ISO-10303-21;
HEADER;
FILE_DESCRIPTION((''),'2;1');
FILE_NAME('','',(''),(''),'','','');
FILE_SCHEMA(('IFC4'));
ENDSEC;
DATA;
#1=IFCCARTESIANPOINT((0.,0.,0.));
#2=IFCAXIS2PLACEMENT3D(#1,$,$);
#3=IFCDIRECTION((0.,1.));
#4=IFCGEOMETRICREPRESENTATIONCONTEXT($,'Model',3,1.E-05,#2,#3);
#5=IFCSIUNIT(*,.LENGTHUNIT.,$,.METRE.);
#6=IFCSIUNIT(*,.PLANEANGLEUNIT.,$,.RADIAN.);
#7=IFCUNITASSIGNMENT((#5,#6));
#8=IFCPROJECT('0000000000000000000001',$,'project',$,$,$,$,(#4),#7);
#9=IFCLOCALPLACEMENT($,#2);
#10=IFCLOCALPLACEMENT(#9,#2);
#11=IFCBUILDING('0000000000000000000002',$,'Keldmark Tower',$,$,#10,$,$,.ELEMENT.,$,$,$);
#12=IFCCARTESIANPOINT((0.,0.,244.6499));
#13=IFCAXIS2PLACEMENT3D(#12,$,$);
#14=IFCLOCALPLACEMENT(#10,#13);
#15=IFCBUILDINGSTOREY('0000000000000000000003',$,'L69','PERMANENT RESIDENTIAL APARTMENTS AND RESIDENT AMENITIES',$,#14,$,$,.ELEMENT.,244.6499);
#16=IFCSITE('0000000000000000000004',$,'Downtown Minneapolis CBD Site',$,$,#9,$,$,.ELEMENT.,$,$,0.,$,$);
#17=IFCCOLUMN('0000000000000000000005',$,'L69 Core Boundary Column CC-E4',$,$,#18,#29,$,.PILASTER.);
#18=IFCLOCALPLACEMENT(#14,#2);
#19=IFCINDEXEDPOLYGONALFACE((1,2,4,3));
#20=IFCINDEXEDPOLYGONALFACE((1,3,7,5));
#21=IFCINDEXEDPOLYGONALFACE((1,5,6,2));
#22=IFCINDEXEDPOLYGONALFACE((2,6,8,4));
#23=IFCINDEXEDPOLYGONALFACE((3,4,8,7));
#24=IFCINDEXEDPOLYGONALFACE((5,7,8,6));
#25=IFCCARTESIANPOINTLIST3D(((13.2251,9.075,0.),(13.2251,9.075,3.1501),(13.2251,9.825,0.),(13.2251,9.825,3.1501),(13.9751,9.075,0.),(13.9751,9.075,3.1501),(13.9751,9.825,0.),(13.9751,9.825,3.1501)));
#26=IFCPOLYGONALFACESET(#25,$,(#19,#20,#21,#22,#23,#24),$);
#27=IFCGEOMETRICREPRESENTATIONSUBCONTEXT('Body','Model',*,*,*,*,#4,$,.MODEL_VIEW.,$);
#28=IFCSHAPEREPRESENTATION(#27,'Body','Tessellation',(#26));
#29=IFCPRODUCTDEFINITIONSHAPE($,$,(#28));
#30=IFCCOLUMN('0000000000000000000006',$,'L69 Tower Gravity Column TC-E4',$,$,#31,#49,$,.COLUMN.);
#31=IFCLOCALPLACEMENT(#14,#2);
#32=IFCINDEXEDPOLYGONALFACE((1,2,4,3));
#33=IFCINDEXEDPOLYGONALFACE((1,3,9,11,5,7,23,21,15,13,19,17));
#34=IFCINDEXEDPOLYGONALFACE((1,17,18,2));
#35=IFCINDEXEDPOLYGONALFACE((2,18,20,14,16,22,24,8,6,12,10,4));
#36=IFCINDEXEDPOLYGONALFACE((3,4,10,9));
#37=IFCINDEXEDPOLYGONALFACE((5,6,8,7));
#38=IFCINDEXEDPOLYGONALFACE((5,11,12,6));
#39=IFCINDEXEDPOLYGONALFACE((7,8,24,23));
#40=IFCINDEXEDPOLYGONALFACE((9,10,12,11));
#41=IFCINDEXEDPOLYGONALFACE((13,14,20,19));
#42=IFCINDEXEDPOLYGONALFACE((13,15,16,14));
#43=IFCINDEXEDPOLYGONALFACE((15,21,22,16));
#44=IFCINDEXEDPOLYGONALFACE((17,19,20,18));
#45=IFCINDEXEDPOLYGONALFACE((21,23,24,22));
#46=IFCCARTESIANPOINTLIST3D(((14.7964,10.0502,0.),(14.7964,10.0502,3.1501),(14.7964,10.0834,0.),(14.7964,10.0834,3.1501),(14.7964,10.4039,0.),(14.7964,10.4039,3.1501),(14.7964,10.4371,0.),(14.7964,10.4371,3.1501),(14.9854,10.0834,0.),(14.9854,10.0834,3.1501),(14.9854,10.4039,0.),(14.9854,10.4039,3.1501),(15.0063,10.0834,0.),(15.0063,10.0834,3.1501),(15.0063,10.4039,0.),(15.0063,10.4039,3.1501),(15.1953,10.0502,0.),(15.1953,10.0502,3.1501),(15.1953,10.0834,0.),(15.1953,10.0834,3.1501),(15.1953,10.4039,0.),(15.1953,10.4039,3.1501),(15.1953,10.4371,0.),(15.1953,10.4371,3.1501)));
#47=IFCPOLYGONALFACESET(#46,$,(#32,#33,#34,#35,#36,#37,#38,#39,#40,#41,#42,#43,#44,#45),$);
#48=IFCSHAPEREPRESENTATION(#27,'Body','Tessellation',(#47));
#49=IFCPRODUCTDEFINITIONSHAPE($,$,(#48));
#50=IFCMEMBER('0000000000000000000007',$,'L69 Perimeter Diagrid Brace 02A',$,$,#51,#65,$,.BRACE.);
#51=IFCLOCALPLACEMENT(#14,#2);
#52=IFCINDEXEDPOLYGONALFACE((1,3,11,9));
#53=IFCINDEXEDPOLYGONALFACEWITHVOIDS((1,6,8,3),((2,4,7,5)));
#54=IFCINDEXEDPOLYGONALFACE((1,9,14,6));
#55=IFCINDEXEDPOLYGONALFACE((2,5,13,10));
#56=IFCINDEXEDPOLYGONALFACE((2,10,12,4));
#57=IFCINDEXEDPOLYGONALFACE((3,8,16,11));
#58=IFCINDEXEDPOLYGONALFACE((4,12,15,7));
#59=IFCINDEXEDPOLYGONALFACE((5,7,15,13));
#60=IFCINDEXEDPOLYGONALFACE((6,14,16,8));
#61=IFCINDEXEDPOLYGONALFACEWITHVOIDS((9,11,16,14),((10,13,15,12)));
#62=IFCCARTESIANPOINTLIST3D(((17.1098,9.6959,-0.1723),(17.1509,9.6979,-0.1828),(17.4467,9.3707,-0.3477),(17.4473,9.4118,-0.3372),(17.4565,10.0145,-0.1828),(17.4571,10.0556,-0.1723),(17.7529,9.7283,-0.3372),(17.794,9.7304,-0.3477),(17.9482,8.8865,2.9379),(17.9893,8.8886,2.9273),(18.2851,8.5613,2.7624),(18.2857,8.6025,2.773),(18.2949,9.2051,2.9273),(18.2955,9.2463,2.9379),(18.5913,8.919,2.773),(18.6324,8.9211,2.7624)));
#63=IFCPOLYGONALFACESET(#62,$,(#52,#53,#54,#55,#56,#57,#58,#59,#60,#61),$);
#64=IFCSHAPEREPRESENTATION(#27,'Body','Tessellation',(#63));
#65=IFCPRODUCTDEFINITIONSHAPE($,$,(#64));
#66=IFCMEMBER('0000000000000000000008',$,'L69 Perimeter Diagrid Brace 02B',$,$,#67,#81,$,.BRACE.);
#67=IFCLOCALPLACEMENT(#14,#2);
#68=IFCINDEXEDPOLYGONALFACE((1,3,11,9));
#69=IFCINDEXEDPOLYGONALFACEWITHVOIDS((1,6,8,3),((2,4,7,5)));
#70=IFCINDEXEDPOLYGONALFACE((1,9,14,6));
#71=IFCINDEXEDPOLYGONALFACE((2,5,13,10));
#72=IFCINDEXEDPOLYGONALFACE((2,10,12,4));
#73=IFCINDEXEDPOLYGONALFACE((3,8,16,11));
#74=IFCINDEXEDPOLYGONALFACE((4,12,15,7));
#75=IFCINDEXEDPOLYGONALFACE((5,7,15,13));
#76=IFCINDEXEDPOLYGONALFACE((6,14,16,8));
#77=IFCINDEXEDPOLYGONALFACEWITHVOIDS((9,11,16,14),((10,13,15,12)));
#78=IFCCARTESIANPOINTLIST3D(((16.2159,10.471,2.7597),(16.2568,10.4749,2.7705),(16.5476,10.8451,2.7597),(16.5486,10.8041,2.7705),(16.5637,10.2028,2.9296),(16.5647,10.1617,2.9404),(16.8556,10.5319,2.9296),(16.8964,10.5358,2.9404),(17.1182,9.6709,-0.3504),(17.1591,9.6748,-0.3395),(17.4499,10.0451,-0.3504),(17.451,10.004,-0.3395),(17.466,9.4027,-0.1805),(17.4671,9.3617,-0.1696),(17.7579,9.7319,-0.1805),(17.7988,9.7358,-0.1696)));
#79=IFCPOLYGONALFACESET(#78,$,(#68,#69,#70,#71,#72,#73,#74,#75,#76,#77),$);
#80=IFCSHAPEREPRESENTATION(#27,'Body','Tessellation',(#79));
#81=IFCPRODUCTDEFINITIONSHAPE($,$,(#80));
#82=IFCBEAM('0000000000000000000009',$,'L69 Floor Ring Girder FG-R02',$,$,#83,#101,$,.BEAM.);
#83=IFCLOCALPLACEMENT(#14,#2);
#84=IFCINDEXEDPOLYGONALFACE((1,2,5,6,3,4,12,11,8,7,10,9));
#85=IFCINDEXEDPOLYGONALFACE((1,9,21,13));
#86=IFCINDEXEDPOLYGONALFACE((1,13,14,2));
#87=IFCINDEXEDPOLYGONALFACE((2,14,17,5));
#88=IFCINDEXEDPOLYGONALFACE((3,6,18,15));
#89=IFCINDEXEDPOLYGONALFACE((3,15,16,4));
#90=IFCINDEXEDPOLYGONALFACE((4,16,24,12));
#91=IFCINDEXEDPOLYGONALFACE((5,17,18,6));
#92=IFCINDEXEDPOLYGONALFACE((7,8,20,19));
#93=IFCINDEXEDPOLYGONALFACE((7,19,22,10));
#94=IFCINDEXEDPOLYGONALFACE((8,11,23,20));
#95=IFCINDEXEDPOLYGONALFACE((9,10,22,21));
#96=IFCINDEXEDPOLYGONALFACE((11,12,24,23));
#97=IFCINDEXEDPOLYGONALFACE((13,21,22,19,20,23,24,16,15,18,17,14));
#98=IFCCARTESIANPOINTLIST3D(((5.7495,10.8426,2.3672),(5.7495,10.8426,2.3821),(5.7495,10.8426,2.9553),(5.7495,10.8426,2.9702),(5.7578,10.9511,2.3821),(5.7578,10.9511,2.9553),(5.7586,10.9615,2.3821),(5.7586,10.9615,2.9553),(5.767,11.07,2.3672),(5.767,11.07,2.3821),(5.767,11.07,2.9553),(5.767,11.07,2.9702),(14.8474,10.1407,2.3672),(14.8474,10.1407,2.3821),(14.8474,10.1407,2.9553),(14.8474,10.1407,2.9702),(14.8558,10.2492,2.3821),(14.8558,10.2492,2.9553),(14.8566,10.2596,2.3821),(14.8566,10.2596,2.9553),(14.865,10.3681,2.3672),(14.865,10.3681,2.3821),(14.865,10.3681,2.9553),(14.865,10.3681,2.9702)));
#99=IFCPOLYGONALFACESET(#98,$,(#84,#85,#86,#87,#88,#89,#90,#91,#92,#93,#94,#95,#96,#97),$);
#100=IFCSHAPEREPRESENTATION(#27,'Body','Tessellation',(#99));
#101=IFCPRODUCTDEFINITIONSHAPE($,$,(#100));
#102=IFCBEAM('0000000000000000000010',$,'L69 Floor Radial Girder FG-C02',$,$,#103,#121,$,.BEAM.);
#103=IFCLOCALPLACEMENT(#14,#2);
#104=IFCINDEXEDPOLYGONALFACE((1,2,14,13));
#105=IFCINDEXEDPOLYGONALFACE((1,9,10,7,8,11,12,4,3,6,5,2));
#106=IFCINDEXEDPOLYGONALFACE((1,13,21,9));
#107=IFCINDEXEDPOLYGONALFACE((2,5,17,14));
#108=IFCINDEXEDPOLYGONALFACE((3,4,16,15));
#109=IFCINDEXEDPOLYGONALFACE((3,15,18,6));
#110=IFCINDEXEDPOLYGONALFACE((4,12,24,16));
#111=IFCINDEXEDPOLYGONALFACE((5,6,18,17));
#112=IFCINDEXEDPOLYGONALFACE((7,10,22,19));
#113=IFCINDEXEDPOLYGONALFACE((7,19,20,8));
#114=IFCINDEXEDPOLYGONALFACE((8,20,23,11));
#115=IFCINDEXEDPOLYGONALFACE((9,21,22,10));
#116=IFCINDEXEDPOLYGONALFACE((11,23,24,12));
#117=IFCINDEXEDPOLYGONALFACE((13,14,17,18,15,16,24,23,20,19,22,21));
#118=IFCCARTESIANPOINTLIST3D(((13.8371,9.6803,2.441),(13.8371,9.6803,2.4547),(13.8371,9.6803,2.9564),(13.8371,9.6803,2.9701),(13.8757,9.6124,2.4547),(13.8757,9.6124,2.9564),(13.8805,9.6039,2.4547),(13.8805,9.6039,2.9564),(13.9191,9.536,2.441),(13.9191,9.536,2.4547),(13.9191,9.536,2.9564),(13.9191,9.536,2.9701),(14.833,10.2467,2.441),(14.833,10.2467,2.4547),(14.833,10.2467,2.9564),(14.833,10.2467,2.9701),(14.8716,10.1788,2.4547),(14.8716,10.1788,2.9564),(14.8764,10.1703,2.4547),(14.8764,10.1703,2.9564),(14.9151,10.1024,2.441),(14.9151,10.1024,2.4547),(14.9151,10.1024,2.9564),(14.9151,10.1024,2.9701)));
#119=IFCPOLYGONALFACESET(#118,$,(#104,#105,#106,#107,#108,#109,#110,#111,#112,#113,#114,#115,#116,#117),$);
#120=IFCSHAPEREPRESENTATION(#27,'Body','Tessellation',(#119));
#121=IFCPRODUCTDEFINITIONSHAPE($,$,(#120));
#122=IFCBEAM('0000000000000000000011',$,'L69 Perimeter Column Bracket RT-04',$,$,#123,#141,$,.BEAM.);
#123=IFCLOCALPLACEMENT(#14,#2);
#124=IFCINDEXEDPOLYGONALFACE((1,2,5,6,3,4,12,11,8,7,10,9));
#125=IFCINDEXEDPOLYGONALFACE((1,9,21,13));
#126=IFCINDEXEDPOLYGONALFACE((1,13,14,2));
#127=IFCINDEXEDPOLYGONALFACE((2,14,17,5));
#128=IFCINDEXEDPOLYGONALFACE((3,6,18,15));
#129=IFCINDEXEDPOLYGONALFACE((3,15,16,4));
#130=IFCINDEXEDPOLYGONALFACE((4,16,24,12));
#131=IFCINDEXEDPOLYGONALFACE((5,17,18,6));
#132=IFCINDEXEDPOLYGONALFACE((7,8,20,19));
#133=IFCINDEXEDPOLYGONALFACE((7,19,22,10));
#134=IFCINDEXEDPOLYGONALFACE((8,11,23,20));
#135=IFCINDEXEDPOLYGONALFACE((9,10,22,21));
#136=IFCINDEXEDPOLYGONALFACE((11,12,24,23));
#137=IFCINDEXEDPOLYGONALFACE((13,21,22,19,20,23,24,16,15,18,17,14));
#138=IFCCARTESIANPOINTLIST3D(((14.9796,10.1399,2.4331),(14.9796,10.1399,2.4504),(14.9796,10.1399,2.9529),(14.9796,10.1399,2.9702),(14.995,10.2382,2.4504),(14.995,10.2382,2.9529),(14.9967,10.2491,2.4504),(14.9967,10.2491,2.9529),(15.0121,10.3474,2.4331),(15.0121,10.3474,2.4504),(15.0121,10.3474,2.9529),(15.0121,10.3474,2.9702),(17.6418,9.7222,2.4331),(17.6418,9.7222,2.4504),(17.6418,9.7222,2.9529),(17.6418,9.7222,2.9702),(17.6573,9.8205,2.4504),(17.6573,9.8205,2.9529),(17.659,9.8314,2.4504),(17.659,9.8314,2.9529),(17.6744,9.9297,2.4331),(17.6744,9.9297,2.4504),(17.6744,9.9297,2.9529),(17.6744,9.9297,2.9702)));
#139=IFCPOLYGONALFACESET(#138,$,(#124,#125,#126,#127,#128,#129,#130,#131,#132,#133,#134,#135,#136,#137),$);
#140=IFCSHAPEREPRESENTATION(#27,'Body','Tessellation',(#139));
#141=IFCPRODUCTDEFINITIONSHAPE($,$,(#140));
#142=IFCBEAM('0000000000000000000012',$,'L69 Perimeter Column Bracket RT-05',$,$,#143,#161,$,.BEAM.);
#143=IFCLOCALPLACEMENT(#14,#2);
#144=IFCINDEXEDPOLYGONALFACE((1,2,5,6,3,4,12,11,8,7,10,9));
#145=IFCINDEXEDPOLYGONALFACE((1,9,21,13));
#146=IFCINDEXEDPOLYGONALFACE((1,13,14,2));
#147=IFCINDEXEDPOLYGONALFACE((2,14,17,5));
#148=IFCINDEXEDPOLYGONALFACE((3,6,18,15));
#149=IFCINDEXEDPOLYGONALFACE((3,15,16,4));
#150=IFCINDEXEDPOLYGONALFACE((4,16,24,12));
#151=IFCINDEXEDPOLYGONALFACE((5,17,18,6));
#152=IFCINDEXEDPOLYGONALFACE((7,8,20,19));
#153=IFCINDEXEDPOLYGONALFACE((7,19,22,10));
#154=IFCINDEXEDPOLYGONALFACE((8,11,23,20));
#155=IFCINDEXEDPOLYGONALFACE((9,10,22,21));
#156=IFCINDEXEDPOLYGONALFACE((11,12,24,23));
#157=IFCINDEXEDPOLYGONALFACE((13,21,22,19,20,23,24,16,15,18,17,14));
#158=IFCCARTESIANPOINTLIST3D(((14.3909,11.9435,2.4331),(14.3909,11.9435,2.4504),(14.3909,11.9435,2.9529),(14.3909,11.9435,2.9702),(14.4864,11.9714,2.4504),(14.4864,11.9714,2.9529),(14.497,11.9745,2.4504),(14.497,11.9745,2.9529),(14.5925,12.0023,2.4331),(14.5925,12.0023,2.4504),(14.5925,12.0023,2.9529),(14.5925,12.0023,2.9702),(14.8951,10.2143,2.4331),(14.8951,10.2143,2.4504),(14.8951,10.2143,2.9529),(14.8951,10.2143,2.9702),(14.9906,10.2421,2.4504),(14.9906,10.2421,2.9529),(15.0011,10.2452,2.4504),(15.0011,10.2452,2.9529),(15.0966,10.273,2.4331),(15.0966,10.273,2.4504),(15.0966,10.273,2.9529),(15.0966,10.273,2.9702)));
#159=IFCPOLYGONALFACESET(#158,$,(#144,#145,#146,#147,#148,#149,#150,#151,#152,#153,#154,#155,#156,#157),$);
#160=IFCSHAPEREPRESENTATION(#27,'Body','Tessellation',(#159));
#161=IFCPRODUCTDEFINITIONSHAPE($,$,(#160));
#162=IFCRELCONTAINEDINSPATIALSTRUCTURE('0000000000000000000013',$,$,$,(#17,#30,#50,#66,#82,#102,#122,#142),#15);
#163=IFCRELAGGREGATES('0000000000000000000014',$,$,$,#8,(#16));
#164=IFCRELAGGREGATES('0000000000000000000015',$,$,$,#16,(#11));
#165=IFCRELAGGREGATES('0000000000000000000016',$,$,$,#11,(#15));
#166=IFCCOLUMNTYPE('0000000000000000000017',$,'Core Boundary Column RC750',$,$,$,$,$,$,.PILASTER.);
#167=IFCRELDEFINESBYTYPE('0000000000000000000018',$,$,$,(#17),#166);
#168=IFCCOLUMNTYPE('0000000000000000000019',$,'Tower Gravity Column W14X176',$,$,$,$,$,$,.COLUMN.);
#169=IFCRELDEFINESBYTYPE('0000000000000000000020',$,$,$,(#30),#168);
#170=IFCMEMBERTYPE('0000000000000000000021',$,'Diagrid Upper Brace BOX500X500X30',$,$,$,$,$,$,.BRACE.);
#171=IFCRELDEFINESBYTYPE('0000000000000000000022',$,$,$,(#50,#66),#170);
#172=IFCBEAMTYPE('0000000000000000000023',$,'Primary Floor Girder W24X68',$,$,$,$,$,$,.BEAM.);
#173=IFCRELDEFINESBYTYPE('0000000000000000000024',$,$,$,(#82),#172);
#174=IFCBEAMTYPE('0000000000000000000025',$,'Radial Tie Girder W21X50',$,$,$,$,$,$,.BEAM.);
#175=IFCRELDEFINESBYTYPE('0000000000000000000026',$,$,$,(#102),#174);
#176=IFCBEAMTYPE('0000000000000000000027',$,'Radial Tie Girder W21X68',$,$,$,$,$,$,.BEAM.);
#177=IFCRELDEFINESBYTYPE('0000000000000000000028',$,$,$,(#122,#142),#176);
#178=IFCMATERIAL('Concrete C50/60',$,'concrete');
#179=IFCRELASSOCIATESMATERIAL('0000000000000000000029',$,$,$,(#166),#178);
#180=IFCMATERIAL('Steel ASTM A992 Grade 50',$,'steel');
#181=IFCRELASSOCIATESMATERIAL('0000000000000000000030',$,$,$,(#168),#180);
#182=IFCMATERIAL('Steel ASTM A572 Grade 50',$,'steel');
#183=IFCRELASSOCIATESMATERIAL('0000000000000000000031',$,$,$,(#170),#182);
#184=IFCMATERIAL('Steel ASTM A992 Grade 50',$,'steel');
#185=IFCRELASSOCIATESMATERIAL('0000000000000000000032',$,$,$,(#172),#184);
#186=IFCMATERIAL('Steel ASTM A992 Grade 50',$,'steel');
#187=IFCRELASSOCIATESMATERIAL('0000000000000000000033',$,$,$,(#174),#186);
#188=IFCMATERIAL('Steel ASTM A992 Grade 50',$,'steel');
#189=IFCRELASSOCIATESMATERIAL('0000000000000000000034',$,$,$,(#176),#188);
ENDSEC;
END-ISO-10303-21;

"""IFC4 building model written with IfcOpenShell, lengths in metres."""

from ifc_helpers import new_model, si_unit, direction, frame, origin, origin_2d, place, context, subcontext, project, spatial, rectangle, hollow_rectangle, i_section, extrude, material, material_profile, profile_set, type_object, element, save


model = new_model("IFC4")

# Units and contexts
model_context = context("Model", 3, precision=1e-05, world=origin(), true_north=direction((0.0, 1.0)))
body_context = subcontext(model_context, "Body", "Model", "MODEL_VIEW")
ifc_project = project(units=[si_unit("LENGTHUNIT", "METRE"), si_unit("PLANEANGLEUNIT", "RADIAN")], contexts=[model_context])

# Site, building, storey
site_placement = place(None, origin())
site = spatial("IfcSite", under=ifc_project, at=site_placement, Name="Downtown Minneapolis CBD Site", CompositionType="ELEMENT", RefElevation=0.0)
building_placement = place(site_placement, origin())
building = spatial("IfcBuilding", under=site, at=building_placement, Name="Keldmark Tower", CompositionType="ELEMENT")
storey_placement = place(building_placement, frame((0.0, 0.0, 244.6499)))
storey = spatial("IfcBuildingStorey", under=building, at=storey_placement, Name="L69", Description="PERMANENT RESIDENTIAL APARTMENTS AND RESIDENT AMENITIES", CompositionType="ELEMENT", Elevation=244.6499)

# Columns
ifc_material_1 = material(Name="Concrete C50/60", Category="concrete")
ifc_material_profile_1 = material_profile(ifc_material_1, rectangle(XDim=0.75, YDim=0.75, at=origin_2d()), Name="RC750X750")
ifc_profile_set_1 = profile_set([ifc_material_profile_1], Name="Concrete C50/60")
column_type_1 = type_object("IfcColumnType", Name="Core Boundary Column RC750", PredefinedType="PILASTER", material=ifc_profile_set_1)
column_1_placement = place(storey_placement, frame((13.6001, 9.45, 0.0), z_axis=(0.0, 0.0, 1.0), x_axis=(1.0, 0.0, 0.0)))
element("IfcColumn", 1, at=column_1_placement, inside=storey, type_object=column_type_1, Name="L69 Core Boundary Column CC-E4", PredefinedType="PILASTER", context=body_context, shape_type="SweptSolid", body=[
    extrude(rectangle(XDim=0.75, YDim=0.75, at=origin_2d()), origin(), (0.0, 0.0, 1.0), 3.1501),
])
ifc_material_2 = material(Name="Steel ASTM A992 Grade 50", Category="steel")
ifc_material_profile_2 = material_profile(ifc_material_2, i_section(OverallWidth=0.3989, OverallDepth=0.387, WebThickness=0.021, FlangeThickness=0.0332, at=origin_2d()), Name="W14X176")
ifc_profile_set_2 = profile_set([ifc_material_profile_2], Name="Steel ASTM A992 Grade 50")
column_type_2 = type_object("IfcColumnType", Name="Tower Gravity Column W14X176", PredefinedType="COLUMN", material=ifc_profile_set_2)
column_2_placement = place(storey_placement, frame((14.9958, 10.2437, 0.0), z_axis=(0.0, 0.0, 1.0), x_axis=(1.0, 0.0, 0.0)))
element("IfcColumn", 2, at=column_2_placement, inside=storey, type_object=column_type_2, Name="L69 Tower Gravity Column TC-E4", PredefinedType="COLUMN", context=body_context, shape_type="SweptSolid", body=[
    extrude(i_section(OverallWidth=0.3989, OverallDepth=0.387, WebThickness=0.021, FlangeThickness=0.0332, at=origin_2d()), origin(), (0.0, 0.0, 1.0), 3.1501),
])

# Members
ifc_material_3 = material(Name="Steel ASTM A572 Grade 50", Category="steel")
ifc_material_profile_3 = material_profile(ifc_material_3, hollow_rectangle(XDim=0.5, YDim=0.5, WallThickness=0.03, at=origin_2d()), Name="BOX500X500X30")
ifc_profile_set_3 = profile_set([ifc_material_profile_3], Name="Steel ASTM A572 Grade 50")
member_type = type_object("IfcMemberType", Name="Diagrid Upper Brace BOX500X500X30", PredefinedType="BRACE", material=ifc_profile_set_3)
member_1_placement = place(storey_placement, frame((17.4519, 9.7131, -0.26), z_axis=(0.252429, -0.243682, 0.936429), x_axis=(0.694531, 0.719463, 0.0)))
element("IfcMember", 3, at=member_1_placement, inside=storey, type_object=member_type, Name="L69 Perimeter Diagrid Brace 02A", PredefinedType="BRACE", context=body_context, shape_type="SweptSolid", body=[
    extrude(hollow_rectangle(XDim=0.5, YDim=0.5, WallThickness=0.03, at=origin_2d()), origin(), (0.0, 0.0, 1.0), 3.3213),
])
member_2_placement = place(storey_placement, frame((17.4585, 9.7034, -0.26), z_axis=(-0.270509, 0.239842, 0.932363), x_axis=(-0.663421, -0.748246, 0.0)))
element("IfcMember", 4, at=member_2_placement, inside=storey, type_object=member_type, Name="L69 Perimeter Diagrid Brace 02B", PredefinedType="BRACE", context=body_context, shape_type="SweptSolid", body=[
    extrude(hollow_rectangle(XDim=0.5, YDim=0.5, WallThickness=0.03, at=origin_2d()), origin(), (0.0, 0.0, 1.0), 3.3357),
])

# Beams
ifc_material_4 = material(Name="Steel ASTM A992 Grade 50", Category="steel")
ifc_material_profile_4 = material_profile(ifc_material_4, i_section(OverallWidth=0.228, OverallDepth=0.603, WebThickness=0.0105, FlangeThickness=0.0149, at=origin_2d()), Name="W24X68")
ifc_profile_set_4 = profile_set([ifc_material_profile_4], Name="Steel ASTM A992 Grade 50")
beam_type_1 = type_object("IfcBeamType", Name="Primary Floor Girder W24X68", PredefinedType="BEAM", material=ifc_profile_set_4)
beam_1_placement = place(storey_placement, frame((14.8562, 10.2544, 2.6687), z_axis=(-0.997037, 0.076922, 0.0), x_axis=(-0.076922, -0.997037, 0.0)))
element("IfcBeam", 5, at=beam_1_placement, inside=storey, type_object=beam_type_1, Name="L69 Floor Ring Girder FG-R02", PredefinedType="BEAM", context=body_context, shape_type="SweptSolid", body=[
    extrude(i_section(OverallWidth=0.228, OverallDepth=0.603, WebThickness=0.0105, FlangeThickness=0.0149, at=origin_2d()), origin(), (0.0, 0.0, 1.0), 9.125),
])
ifc_material_5 = material(Name="Steel ASTM A992 Grade 50", Category="steel")
ifc_material_profile_5 = material_profile(ifc_material_5, i_section(OverallWidth=0.166, OverallDepth=0.5291, WebThickness=0.0098, FlangeThickness=0.0137, at=origin_2d()), Name="W21X50")
ifc_profile_set_5 = profile_set([ifc_material_profile_5], Name="Steel ASTM A992 Grade 50")
beam_type_2 = type_object("IfcBeamType", Name="Radial Tie Girder W21X50", PredefinedType="BEAM", material=ifc_profile_set_5)
beam_2_placement = place(storey_placement, frame((14.874, 10.1746, 2.7056), z_axis=(-0.869238, -0.494394, 0.0), x_axis=(0.494394, -0.869238, 0.0)))
element("IfcBeam", 6, at=beam_2_placement, inside=storey, type_object=beam_type_2, Name="L69 Floor Radial Girder FG-C02", PredefinedType="BEAM", context=body_context, shape_type="SweptSolid", body=[
    extrude(i_section(OverallWidth=0.166, OverallDepth=0.5291, WebThickness=0.0098, FlangeThickness=0.0137, at=origin_2d()), origin(), (0.0, 0.0, 1.0), 1.1458),
])
ifc_material_6 = material(Name="Steel ASTM A992 Grade 50", Category="steel")
ifc_material_profile_6 = material_profile(ifc_material_6, i_section(OverallWidth=0.21, OverallDepth=0.5371, WebThickness=0.011, FlangeThickness=0.0173, at=origin_2d()), Name="W21X68")
ifc_profile_set_6 = profile_set([ifc_material_profile_6], Name="Steel ASTM A992 Grade 50")
beam_type_3 = type_object("IfcBeamType", Name="Radial Tie Girder W21X68", PredefinedType="BEAM", material=ifc_profile_set_6)
beam_3_placement = place(storey_placement, frame((14.9958, 10.2437, 2.7017), z_axis=(0.987914, -0.155004, 0.0), x_axis=(0.155004, 0.987914, 0.0)))
element("IfcBeam", 7, at=beam_3_placement, inside=storey, type_object=beam_type_3, Name="L69 Perimeter Column Bracket RT-04", PredefinedType="BEAM", context=body_context, shape_type="SweptSolid", body=[
    extrude(i_section(OverallWidth=0.21, OverallDepth=0.5371, WebThickness=0.011, FlangeThickness=0.0173, at=origin_2d()), origin(), (0.0, 0.0, 1.0), 2.6948),
])
beam_4_placement = place(storey_placement, frame((14.9958, 10.2437, 2.7017), z_axis=(-0.279891, 0.960032, 0.0), x_axis=(-0.960032, -0.279891, 0.0)))
element("IfcBeam", 8, at=beam_4_placement, inside=storey, type_object=beam_type_3, Name="L69 Perimeter Column Bracket RT-05", PredefinedType="BEAM", context=body_context, shape_type="SweptSolid", body=[
    extrude(i_section(OverallWidth=0.21, OverallDepth=0.5371, WebThickness=0.011, FlangeThickness=0.0173, at=origin_2d()), origin(), (0.0, 0.0, 1.0), 1.8013),
])

save(model, "model.ifc")
